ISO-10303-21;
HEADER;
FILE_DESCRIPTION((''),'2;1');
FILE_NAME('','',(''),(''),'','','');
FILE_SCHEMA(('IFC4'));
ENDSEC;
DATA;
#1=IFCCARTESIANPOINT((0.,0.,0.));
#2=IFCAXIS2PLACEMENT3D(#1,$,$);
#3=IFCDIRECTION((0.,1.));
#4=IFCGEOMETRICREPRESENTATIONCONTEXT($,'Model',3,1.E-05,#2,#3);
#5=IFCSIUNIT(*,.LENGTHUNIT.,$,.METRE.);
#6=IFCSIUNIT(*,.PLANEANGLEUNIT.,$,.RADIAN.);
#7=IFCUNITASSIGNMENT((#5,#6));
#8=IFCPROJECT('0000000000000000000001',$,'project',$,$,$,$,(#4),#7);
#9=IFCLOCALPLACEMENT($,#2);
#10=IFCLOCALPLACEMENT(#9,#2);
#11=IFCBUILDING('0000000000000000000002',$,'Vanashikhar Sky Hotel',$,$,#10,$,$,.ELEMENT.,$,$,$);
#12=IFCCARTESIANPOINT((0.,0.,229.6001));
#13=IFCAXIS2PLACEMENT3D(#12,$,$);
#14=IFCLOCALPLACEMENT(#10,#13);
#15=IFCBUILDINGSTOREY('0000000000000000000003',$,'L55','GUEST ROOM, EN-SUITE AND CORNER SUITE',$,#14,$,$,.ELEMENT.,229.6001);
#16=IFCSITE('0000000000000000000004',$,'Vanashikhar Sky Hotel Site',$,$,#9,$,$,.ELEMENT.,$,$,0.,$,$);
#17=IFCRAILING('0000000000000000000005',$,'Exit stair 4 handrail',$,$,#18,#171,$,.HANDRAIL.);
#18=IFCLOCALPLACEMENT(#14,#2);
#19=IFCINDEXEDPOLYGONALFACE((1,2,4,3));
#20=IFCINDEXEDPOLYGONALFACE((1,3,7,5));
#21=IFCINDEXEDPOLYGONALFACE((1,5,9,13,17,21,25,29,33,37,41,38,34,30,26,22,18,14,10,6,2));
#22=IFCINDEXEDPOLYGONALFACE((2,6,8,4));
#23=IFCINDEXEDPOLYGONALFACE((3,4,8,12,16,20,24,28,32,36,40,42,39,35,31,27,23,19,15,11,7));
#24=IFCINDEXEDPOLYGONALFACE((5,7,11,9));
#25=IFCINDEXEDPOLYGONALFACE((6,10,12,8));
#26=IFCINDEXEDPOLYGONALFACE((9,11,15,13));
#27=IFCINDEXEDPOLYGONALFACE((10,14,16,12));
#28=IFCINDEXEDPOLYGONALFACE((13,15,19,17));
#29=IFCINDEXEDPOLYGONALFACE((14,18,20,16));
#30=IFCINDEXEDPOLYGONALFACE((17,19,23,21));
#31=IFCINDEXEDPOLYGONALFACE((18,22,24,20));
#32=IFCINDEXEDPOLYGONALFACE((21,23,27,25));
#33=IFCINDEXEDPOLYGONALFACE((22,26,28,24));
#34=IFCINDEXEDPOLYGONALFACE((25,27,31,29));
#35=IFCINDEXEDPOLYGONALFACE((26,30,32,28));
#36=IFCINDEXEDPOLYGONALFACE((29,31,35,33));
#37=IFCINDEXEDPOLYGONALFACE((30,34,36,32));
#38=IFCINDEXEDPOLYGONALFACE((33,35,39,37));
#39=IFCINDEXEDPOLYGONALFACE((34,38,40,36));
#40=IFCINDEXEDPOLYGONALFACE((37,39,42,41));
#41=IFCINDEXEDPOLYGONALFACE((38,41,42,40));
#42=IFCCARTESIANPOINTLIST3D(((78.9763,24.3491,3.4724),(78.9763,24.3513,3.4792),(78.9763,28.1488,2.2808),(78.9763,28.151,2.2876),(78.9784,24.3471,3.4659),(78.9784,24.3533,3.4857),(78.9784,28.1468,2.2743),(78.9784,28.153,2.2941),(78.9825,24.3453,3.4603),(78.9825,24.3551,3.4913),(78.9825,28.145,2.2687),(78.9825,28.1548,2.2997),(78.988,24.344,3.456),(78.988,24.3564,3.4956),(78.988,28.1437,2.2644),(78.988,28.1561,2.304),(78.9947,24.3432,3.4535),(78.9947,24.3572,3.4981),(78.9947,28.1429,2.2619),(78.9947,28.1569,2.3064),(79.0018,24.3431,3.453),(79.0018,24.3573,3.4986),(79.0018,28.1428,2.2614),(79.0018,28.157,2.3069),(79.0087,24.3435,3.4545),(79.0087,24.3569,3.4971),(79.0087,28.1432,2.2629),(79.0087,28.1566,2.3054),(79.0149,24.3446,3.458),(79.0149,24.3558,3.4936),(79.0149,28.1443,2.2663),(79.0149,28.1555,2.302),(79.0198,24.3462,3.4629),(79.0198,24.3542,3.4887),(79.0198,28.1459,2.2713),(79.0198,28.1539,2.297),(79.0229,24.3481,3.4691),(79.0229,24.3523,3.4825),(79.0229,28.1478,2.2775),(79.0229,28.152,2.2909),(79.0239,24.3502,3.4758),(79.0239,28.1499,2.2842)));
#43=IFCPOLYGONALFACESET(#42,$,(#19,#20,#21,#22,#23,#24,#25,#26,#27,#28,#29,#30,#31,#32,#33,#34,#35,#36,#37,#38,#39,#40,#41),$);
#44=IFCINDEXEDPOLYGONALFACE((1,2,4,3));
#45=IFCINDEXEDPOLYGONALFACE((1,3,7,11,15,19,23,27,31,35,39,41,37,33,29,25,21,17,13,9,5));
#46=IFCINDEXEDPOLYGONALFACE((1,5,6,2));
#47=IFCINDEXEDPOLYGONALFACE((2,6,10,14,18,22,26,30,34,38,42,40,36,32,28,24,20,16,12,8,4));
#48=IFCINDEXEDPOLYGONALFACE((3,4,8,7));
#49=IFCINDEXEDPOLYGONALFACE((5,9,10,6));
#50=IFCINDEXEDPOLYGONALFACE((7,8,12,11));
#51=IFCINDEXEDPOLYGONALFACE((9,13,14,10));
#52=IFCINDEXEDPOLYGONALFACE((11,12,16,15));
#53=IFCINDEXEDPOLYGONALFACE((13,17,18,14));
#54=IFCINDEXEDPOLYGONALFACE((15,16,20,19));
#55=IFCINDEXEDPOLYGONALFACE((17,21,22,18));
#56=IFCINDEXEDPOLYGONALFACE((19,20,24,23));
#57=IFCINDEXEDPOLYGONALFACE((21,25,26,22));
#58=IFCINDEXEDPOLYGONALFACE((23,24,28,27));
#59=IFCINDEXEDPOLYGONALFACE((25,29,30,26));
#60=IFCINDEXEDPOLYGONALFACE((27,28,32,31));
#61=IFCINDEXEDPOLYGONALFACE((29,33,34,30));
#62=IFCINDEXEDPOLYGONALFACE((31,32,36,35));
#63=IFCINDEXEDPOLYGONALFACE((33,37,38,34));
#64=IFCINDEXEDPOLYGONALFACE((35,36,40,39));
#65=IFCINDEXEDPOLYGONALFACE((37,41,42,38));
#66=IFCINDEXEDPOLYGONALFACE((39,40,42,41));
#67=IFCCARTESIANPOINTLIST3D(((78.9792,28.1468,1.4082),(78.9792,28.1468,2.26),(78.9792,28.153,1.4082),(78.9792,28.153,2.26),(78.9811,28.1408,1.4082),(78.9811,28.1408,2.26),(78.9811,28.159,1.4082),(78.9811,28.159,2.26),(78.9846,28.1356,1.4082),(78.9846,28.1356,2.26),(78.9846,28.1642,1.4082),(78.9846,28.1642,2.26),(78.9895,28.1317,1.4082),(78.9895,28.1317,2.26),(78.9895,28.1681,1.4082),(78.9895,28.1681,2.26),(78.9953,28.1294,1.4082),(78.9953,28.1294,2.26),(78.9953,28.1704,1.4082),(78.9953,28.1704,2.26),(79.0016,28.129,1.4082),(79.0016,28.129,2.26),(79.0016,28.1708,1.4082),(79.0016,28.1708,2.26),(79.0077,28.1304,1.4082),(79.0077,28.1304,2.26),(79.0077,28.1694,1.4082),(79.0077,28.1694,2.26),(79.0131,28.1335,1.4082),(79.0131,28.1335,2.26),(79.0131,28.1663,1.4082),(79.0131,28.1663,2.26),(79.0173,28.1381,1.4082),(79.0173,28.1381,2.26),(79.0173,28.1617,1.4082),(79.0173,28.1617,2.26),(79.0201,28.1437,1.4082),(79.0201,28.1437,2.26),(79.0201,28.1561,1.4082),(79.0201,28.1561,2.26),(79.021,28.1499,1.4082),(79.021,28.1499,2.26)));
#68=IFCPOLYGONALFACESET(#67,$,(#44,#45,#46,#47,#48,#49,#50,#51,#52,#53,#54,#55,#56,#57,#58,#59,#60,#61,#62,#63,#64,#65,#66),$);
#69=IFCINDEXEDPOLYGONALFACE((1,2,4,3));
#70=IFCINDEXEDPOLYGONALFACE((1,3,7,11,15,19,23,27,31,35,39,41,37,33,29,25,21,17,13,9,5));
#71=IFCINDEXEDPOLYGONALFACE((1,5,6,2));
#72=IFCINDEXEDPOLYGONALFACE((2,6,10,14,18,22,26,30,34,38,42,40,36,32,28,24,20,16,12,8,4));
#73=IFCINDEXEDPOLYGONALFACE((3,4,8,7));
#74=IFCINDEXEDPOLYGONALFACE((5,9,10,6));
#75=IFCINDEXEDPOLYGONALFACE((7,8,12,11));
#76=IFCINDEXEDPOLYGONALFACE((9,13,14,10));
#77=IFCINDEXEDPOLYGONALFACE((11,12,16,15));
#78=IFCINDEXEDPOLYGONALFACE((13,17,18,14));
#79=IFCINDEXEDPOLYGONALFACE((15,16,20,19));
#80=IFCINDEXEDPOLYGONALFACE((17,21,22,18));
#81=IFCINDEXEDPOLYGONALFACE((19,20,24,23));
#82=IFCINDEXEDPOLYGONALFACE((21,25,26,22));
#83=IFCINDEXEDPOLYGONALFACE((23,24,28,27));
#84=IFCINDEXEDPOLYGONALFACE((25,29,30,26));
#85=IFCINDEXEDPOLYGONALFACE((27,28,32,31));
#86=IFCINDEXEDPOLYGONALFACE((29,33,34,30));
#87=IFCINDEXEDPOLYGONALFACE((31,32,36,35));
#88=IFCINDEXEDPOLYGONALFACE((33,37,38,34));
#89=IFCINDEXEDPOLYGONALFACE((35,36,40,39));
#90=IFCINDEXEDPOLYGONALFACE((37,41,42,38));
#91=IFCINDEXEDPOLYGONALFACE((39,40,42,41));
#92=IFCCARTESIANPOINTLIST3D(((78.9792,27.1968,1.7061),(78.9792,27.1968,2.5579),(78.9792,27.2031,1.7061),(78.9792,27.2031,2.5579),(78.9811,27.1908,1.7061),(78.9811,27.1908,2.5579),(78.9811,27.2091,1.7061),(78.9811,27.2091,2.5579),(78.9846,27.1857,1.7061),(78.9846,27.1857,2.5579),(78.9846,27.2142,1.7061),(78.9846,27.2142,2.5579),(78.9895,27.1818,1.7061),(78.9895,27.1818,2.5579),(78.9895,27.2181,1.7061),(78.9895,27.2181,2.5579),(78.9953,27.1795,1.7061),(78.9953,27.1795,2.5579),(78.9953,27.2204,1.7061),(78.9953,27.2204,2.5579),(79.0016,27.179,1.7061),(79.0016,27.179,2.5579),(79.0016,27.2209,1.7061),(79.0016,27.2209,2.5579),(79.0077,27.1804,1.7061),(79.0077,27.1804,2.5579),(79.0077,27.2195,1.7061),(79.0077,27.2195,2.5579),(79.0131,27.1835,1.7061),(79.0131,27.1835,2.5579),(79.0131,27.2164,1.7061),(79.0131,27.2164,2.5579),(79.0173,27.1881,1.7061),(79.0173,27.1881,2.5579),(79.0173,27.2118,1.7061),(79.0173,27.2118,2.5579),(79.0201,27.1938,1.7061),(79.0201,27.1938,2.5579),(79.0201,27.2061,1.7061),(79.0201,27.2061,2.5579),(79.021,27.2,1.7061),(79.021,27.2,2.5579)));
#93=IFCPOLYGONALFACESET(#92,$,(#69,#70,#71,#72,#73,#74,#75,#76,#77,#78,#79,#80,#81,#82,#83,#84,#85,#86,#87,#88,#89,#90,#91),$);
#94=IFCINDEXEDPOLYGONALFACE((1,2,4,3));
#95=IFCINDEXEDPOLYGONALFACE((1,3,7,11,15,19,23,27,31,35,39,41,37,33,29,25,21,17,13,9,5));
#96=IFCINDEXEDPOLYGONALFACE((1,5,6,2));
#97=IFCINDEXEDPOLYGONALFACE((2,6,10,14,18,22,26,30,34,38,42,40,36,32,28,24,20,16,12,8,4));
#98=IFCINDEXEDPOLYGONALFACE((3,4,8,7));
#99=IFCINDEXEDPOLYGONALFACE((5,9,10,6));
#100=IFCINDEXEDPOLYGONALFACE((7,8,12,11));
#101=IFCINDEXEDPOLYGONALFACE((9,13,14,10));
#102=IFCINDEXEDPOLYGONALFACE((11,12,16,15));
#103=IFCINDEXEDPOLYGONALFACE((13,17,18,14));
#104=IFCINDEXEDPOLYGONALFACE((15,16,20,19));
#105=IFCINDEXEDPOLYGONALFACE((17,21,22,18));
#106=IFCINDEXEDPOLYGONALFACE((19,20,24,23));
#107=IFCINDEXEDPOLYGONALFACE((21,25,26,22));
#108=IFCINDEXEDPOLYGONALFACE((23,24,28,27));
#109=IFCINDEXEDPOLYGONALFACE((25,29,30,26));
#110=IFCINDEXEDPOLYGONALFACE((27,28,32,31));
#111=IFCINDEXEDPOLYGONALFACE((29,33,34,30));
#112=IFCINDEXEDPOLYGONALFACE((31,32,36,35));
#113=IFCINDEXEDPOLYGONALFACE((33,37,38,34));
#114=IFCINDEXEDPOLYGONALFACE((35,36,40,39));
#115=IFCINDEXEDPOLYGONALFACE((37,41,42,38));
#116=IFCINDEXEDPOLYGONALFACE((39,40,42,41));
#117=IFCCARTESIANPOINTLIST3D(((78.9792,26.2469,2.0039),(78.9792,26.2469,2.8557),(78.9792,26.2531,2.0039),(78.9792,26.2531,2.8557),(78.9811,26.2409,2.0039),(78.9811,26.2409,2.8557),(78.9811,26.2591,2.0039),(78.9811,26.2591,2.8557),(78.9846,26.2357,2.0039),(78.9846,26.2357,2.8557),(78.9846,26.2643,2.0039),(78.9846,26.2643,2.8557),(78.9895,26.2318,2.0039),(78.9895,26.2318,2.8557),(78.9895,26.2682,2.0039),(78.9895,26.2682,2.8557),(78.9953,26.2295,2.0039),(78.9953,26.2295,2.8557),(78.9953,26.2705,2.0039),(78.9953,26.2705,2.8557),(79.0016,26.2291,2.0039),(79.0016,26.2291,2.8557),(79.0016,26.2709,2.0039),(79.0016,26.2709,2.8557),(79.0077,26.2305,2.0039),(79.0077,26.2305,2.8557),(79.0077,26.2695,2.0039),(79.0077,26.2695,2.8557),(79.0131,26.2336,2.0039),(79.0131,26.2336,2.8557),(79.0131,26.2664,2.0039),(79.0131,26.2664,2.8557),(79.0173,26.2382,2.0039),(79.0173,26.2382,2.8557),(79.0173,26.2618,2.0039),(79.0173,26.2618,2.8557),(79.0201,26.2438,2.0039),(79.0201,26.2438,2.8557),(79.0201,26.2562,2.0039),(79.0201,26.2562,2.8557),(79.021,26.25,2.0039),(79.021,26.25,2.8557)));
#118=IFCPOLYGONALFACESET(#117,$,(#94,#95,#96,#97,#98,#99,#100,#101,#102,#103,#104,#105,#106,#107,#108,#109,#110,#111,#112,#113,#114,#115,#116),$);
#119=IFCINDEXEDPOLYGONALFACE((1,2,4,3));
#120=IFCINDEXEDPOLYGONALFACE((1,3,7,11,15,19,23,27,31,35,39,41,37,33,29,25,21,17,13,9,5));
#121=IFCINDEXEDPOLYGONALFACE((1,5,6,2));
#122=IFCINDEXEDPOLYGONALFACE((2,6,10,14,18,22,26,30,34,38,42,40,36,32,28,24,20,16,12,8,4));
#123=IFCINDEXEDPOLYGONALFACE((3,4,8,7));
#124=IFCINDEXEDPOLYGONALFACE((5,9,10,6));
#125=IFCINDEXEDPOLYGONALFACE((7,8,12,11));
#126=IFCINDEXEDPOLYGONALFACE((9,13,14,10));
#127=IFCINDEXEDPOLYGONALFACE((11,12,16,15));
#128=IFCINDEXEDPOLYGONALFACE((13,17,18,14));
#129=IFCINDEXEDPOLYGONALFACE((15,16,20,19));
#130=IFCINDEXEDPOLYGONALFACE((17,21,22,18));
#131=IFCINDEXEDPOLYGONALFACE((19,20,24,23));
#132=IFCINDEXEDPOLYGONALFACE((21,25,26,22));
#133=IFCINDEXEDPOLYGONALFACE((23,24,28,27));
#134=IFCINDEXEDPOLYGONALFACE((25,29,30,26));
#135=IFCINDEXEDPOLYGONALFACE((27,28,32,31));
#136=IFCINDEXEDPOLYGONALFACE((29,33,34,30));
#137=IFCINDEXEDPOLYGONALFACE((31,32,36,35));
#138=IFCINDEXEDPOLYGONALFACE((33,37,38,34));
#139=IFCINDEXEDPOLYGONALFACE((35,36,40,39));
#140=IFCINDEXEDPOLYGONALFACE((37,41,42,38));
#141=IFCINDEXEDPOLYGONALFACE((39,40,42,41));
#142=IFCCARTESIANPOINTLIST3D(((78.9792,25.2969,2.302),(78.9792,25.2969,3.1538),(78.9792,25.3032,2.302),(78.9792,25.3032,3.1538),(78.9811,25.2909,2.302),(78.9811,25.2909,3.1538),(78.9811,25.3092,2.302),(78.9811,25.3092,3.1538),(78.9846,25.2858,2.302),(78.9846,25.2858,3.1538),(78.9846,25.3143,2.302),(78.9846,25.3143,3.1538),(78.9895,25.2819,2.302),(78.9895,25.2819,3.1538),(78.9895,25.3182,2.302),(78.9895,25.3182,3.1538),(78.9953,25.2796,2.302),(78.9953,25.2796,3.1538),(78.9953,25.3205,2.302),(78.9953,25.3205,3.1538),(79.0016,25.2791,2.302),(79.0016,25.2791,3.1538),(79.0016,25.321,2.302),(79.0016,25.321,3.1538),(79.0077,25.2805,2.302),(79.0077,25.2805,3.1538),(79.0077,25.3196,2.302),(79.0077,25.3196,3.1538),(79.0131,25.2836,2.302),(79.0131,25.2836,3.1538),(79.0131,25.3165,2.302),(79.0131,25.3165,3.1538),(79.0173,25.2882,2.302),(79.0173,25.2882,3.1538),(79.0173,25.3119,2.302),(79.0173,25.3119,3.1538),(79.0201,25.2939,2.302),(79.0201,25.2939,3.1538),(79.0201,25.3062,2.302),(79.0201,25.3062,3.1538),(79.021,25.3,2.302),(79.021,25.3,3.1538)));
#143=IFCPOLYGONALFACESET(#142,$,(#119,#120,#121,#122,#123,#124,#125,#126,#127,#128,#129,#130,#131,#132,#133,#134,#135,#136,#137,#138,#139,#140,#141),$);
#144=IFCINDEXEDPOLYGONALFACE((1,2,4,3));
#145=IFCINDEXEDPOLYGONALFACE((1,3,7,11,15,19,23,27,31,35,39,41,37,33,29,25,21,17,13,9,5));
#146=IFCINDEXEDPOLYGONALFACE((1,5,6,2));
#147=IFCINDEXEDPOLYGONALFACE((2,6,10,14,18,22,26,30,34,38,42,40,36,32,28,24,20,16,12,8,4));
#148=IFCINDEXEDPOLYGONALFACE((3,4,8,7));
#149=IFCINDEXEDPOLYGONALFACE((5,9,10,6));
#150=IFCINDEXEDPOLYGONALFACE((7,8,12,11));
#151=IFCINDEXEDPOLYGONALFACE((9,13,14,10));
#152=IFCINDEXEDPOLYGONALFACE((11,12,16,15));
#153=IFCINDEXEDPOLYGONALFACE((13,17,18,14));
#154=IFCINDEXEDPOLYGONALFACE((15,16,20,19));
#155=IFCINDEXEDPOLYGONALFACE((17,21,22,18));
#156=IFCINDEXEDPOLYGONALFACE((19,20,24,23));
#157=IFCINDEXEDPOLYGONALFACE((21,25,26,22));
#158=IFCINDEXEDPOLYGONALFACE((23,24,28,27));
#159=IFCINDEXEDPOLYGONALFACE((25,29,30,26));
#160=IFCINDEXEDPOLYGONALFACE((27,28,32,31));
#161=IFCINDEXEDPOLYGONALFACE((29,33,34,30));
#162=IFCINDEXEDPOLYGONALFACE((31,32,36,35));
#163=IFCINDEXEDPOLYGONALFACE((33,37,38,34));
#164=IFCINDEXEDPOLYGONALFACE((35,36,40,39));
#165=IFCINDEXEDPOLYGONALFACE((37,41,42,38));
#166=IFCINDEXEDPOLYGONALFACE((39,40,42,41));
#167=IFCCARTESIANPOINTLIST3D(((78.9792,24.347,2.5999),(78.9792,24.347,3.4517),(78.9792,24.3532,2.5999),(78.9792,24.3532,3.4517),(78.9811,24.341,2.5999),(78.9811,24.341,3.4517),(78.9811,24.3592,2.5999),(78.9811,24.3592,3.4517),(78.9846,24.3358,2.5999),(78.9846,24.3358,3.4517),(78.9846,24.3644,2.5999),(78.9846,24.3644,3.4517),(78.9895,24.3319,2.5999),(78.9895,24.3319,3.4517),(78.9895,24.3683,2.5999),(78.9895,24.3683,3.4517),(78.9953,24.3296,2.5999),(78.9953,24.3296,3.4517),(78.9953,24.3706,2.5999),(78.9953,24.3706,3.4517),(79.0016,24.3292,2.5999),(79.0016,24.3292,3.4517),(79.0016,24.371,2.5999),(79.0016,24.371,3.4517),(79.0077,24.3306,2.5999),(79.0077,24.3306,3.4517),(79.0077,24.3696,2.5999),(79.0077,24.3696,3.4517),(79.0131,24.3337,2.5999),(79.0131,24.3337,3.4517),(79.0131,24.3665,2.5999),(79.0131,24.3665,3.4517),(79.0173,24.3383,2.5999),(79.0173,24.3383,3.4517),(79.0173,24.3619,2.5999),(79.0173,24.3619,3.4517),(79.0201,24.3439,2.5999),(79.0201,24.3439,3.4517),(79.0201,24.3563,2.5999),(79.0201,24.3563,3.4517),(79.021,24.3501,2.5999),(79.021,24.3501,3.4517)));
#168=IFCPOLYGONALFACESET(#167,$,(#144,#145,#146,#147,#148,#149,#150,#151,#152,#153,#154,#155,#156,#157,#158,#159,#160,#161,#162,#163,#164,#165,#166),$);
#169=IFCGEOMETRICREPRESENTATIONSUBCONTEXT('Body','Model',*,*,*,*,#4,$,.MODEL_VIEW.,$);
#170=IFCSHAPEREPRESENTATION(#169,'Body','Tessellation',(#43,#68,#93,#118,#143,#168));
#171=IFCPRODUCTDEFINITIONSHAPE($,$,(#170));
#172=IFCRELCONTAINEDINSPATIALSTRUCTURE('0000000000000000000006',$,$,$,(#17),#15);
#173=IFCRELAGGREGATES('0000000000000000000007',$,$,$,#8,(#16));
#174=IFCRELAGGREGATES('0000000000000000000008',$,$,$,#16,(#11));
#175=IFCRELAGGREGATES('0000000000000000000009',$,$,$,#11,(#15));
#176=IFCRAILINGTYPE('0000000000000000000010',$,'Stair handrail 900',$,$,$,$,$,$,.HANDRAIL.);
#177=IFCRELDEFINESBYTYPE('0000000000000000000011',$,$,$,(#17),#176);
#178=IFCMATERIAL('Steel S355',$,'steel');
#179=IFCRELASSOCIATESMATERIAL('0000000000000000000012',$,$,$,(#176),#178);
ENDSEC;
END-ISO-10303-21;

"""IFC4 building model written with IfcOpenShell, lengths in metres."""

from ifc_helpers import new_model, si_unit, direction, frame, origin, origin_2d, place, context, subcontext, project, spatial, circle, extrude, source, transform, mapped, material, type_object, element, save


model = new_model("IFC4")

# Units and contexts
model_context = context("Model", 3, precision=1e-05, world=origin(), true_north=direction((0.0, 1.0)))
body_context = subcontext(model_context, "Body", "Model", "MODEL_VIEW")
ifc_project = project(units=[si_unit("LENGTHUNIT", "METRE"), si_unit("PLANEANGLEUNIT", "RADIAN")], contexts=[model_context])

# Site, building, storey
site_placement = place(None, origin())
site = spatial("IfcSite", under=ifc_project, at=site_placement, Name="Vanashikhar Sky Hotel Site", CompositionType="ELEMENT", RefElevation=0.0)
building_placement = place(site_placement, origin())
building = spatial("IfcBuilding", under=site, at=building_placement, Name="Vanashikhar Sky Hotel", CompositionType="ELEMENT")
storey_placement = place(building_placement, frame((0.0, 0.0, 229.6001)))
storey = spatial("IfcBuildingStorey", under=building, at=storey_placement, Name="L55", Description="GUEST ROOM, EN-SUITE AND CORNER SUITE", CompositionType="ELEMENT", Elevation=229.6001)

# Railing
ifc_material_1 = material(Name="Steel S355", Category="steel")
railing_type_1 = type_object("IfcRailingType", Name="Stair handrail 900", PredefinedType="HANDRAIL", material=ifc_material_1)
shared_shape_1 = source(origin(), body_context, "Body", "SweptSolid", [
    extrude(circle(Radius=0.0239, at=origin_2d()), frame((0.0, 0.0, 0.876), z_axis=(0.0, -0.954178, 0.299238), x_axis=(1.0, 0.0, 0.0)), (0.0, 0.0, 1.0), 3.9822),
    extrude(circle(Radius=0.021, at=origin_2d()), origin(), (0.0, 0.0, 1.0), 0.8518),
    extrude(circle(Radius=0.021, at=origin_2d()), frame((0.0, -0.95, 0.2979)), (0.0, 0.0, 1.0), 0.8518),
    extrude(circle(Radius=0.021, at=origin_2d()), frame((0.0, -1.8999, 0.5957)), (0.0, 0.0, 1.0), 0.8518),
    extrude(circle(Radius=0.021, at=origin_2d()), frame((0.0, -2.8499, 0.8938)), (0.0, 0.0, 1.0), 0.8518),
    extrude(circle(Radius=0.021, at=origin_2d()), frame((0.0, -3.7998, 1.1917)), (0.0, 0.0, 1.0), 0.8518),
])
railing_1_placement = place(storey_placement, frame((79.0, 28.1499, 1.4082)))
element("IfcRailing", 1, at=railing_1_placement, inside=storey, type_object=railing_type_1, Name="Exit stair 4 handrail", PredefinedType="HANDRAIL", context=body_context, shape_type="MappedRepresentation", body=[
    mapped(shared_shape_1, transform((0.0, 0.0, 0.0), scale=1.0)),
])

save(model, "model.ifc")
